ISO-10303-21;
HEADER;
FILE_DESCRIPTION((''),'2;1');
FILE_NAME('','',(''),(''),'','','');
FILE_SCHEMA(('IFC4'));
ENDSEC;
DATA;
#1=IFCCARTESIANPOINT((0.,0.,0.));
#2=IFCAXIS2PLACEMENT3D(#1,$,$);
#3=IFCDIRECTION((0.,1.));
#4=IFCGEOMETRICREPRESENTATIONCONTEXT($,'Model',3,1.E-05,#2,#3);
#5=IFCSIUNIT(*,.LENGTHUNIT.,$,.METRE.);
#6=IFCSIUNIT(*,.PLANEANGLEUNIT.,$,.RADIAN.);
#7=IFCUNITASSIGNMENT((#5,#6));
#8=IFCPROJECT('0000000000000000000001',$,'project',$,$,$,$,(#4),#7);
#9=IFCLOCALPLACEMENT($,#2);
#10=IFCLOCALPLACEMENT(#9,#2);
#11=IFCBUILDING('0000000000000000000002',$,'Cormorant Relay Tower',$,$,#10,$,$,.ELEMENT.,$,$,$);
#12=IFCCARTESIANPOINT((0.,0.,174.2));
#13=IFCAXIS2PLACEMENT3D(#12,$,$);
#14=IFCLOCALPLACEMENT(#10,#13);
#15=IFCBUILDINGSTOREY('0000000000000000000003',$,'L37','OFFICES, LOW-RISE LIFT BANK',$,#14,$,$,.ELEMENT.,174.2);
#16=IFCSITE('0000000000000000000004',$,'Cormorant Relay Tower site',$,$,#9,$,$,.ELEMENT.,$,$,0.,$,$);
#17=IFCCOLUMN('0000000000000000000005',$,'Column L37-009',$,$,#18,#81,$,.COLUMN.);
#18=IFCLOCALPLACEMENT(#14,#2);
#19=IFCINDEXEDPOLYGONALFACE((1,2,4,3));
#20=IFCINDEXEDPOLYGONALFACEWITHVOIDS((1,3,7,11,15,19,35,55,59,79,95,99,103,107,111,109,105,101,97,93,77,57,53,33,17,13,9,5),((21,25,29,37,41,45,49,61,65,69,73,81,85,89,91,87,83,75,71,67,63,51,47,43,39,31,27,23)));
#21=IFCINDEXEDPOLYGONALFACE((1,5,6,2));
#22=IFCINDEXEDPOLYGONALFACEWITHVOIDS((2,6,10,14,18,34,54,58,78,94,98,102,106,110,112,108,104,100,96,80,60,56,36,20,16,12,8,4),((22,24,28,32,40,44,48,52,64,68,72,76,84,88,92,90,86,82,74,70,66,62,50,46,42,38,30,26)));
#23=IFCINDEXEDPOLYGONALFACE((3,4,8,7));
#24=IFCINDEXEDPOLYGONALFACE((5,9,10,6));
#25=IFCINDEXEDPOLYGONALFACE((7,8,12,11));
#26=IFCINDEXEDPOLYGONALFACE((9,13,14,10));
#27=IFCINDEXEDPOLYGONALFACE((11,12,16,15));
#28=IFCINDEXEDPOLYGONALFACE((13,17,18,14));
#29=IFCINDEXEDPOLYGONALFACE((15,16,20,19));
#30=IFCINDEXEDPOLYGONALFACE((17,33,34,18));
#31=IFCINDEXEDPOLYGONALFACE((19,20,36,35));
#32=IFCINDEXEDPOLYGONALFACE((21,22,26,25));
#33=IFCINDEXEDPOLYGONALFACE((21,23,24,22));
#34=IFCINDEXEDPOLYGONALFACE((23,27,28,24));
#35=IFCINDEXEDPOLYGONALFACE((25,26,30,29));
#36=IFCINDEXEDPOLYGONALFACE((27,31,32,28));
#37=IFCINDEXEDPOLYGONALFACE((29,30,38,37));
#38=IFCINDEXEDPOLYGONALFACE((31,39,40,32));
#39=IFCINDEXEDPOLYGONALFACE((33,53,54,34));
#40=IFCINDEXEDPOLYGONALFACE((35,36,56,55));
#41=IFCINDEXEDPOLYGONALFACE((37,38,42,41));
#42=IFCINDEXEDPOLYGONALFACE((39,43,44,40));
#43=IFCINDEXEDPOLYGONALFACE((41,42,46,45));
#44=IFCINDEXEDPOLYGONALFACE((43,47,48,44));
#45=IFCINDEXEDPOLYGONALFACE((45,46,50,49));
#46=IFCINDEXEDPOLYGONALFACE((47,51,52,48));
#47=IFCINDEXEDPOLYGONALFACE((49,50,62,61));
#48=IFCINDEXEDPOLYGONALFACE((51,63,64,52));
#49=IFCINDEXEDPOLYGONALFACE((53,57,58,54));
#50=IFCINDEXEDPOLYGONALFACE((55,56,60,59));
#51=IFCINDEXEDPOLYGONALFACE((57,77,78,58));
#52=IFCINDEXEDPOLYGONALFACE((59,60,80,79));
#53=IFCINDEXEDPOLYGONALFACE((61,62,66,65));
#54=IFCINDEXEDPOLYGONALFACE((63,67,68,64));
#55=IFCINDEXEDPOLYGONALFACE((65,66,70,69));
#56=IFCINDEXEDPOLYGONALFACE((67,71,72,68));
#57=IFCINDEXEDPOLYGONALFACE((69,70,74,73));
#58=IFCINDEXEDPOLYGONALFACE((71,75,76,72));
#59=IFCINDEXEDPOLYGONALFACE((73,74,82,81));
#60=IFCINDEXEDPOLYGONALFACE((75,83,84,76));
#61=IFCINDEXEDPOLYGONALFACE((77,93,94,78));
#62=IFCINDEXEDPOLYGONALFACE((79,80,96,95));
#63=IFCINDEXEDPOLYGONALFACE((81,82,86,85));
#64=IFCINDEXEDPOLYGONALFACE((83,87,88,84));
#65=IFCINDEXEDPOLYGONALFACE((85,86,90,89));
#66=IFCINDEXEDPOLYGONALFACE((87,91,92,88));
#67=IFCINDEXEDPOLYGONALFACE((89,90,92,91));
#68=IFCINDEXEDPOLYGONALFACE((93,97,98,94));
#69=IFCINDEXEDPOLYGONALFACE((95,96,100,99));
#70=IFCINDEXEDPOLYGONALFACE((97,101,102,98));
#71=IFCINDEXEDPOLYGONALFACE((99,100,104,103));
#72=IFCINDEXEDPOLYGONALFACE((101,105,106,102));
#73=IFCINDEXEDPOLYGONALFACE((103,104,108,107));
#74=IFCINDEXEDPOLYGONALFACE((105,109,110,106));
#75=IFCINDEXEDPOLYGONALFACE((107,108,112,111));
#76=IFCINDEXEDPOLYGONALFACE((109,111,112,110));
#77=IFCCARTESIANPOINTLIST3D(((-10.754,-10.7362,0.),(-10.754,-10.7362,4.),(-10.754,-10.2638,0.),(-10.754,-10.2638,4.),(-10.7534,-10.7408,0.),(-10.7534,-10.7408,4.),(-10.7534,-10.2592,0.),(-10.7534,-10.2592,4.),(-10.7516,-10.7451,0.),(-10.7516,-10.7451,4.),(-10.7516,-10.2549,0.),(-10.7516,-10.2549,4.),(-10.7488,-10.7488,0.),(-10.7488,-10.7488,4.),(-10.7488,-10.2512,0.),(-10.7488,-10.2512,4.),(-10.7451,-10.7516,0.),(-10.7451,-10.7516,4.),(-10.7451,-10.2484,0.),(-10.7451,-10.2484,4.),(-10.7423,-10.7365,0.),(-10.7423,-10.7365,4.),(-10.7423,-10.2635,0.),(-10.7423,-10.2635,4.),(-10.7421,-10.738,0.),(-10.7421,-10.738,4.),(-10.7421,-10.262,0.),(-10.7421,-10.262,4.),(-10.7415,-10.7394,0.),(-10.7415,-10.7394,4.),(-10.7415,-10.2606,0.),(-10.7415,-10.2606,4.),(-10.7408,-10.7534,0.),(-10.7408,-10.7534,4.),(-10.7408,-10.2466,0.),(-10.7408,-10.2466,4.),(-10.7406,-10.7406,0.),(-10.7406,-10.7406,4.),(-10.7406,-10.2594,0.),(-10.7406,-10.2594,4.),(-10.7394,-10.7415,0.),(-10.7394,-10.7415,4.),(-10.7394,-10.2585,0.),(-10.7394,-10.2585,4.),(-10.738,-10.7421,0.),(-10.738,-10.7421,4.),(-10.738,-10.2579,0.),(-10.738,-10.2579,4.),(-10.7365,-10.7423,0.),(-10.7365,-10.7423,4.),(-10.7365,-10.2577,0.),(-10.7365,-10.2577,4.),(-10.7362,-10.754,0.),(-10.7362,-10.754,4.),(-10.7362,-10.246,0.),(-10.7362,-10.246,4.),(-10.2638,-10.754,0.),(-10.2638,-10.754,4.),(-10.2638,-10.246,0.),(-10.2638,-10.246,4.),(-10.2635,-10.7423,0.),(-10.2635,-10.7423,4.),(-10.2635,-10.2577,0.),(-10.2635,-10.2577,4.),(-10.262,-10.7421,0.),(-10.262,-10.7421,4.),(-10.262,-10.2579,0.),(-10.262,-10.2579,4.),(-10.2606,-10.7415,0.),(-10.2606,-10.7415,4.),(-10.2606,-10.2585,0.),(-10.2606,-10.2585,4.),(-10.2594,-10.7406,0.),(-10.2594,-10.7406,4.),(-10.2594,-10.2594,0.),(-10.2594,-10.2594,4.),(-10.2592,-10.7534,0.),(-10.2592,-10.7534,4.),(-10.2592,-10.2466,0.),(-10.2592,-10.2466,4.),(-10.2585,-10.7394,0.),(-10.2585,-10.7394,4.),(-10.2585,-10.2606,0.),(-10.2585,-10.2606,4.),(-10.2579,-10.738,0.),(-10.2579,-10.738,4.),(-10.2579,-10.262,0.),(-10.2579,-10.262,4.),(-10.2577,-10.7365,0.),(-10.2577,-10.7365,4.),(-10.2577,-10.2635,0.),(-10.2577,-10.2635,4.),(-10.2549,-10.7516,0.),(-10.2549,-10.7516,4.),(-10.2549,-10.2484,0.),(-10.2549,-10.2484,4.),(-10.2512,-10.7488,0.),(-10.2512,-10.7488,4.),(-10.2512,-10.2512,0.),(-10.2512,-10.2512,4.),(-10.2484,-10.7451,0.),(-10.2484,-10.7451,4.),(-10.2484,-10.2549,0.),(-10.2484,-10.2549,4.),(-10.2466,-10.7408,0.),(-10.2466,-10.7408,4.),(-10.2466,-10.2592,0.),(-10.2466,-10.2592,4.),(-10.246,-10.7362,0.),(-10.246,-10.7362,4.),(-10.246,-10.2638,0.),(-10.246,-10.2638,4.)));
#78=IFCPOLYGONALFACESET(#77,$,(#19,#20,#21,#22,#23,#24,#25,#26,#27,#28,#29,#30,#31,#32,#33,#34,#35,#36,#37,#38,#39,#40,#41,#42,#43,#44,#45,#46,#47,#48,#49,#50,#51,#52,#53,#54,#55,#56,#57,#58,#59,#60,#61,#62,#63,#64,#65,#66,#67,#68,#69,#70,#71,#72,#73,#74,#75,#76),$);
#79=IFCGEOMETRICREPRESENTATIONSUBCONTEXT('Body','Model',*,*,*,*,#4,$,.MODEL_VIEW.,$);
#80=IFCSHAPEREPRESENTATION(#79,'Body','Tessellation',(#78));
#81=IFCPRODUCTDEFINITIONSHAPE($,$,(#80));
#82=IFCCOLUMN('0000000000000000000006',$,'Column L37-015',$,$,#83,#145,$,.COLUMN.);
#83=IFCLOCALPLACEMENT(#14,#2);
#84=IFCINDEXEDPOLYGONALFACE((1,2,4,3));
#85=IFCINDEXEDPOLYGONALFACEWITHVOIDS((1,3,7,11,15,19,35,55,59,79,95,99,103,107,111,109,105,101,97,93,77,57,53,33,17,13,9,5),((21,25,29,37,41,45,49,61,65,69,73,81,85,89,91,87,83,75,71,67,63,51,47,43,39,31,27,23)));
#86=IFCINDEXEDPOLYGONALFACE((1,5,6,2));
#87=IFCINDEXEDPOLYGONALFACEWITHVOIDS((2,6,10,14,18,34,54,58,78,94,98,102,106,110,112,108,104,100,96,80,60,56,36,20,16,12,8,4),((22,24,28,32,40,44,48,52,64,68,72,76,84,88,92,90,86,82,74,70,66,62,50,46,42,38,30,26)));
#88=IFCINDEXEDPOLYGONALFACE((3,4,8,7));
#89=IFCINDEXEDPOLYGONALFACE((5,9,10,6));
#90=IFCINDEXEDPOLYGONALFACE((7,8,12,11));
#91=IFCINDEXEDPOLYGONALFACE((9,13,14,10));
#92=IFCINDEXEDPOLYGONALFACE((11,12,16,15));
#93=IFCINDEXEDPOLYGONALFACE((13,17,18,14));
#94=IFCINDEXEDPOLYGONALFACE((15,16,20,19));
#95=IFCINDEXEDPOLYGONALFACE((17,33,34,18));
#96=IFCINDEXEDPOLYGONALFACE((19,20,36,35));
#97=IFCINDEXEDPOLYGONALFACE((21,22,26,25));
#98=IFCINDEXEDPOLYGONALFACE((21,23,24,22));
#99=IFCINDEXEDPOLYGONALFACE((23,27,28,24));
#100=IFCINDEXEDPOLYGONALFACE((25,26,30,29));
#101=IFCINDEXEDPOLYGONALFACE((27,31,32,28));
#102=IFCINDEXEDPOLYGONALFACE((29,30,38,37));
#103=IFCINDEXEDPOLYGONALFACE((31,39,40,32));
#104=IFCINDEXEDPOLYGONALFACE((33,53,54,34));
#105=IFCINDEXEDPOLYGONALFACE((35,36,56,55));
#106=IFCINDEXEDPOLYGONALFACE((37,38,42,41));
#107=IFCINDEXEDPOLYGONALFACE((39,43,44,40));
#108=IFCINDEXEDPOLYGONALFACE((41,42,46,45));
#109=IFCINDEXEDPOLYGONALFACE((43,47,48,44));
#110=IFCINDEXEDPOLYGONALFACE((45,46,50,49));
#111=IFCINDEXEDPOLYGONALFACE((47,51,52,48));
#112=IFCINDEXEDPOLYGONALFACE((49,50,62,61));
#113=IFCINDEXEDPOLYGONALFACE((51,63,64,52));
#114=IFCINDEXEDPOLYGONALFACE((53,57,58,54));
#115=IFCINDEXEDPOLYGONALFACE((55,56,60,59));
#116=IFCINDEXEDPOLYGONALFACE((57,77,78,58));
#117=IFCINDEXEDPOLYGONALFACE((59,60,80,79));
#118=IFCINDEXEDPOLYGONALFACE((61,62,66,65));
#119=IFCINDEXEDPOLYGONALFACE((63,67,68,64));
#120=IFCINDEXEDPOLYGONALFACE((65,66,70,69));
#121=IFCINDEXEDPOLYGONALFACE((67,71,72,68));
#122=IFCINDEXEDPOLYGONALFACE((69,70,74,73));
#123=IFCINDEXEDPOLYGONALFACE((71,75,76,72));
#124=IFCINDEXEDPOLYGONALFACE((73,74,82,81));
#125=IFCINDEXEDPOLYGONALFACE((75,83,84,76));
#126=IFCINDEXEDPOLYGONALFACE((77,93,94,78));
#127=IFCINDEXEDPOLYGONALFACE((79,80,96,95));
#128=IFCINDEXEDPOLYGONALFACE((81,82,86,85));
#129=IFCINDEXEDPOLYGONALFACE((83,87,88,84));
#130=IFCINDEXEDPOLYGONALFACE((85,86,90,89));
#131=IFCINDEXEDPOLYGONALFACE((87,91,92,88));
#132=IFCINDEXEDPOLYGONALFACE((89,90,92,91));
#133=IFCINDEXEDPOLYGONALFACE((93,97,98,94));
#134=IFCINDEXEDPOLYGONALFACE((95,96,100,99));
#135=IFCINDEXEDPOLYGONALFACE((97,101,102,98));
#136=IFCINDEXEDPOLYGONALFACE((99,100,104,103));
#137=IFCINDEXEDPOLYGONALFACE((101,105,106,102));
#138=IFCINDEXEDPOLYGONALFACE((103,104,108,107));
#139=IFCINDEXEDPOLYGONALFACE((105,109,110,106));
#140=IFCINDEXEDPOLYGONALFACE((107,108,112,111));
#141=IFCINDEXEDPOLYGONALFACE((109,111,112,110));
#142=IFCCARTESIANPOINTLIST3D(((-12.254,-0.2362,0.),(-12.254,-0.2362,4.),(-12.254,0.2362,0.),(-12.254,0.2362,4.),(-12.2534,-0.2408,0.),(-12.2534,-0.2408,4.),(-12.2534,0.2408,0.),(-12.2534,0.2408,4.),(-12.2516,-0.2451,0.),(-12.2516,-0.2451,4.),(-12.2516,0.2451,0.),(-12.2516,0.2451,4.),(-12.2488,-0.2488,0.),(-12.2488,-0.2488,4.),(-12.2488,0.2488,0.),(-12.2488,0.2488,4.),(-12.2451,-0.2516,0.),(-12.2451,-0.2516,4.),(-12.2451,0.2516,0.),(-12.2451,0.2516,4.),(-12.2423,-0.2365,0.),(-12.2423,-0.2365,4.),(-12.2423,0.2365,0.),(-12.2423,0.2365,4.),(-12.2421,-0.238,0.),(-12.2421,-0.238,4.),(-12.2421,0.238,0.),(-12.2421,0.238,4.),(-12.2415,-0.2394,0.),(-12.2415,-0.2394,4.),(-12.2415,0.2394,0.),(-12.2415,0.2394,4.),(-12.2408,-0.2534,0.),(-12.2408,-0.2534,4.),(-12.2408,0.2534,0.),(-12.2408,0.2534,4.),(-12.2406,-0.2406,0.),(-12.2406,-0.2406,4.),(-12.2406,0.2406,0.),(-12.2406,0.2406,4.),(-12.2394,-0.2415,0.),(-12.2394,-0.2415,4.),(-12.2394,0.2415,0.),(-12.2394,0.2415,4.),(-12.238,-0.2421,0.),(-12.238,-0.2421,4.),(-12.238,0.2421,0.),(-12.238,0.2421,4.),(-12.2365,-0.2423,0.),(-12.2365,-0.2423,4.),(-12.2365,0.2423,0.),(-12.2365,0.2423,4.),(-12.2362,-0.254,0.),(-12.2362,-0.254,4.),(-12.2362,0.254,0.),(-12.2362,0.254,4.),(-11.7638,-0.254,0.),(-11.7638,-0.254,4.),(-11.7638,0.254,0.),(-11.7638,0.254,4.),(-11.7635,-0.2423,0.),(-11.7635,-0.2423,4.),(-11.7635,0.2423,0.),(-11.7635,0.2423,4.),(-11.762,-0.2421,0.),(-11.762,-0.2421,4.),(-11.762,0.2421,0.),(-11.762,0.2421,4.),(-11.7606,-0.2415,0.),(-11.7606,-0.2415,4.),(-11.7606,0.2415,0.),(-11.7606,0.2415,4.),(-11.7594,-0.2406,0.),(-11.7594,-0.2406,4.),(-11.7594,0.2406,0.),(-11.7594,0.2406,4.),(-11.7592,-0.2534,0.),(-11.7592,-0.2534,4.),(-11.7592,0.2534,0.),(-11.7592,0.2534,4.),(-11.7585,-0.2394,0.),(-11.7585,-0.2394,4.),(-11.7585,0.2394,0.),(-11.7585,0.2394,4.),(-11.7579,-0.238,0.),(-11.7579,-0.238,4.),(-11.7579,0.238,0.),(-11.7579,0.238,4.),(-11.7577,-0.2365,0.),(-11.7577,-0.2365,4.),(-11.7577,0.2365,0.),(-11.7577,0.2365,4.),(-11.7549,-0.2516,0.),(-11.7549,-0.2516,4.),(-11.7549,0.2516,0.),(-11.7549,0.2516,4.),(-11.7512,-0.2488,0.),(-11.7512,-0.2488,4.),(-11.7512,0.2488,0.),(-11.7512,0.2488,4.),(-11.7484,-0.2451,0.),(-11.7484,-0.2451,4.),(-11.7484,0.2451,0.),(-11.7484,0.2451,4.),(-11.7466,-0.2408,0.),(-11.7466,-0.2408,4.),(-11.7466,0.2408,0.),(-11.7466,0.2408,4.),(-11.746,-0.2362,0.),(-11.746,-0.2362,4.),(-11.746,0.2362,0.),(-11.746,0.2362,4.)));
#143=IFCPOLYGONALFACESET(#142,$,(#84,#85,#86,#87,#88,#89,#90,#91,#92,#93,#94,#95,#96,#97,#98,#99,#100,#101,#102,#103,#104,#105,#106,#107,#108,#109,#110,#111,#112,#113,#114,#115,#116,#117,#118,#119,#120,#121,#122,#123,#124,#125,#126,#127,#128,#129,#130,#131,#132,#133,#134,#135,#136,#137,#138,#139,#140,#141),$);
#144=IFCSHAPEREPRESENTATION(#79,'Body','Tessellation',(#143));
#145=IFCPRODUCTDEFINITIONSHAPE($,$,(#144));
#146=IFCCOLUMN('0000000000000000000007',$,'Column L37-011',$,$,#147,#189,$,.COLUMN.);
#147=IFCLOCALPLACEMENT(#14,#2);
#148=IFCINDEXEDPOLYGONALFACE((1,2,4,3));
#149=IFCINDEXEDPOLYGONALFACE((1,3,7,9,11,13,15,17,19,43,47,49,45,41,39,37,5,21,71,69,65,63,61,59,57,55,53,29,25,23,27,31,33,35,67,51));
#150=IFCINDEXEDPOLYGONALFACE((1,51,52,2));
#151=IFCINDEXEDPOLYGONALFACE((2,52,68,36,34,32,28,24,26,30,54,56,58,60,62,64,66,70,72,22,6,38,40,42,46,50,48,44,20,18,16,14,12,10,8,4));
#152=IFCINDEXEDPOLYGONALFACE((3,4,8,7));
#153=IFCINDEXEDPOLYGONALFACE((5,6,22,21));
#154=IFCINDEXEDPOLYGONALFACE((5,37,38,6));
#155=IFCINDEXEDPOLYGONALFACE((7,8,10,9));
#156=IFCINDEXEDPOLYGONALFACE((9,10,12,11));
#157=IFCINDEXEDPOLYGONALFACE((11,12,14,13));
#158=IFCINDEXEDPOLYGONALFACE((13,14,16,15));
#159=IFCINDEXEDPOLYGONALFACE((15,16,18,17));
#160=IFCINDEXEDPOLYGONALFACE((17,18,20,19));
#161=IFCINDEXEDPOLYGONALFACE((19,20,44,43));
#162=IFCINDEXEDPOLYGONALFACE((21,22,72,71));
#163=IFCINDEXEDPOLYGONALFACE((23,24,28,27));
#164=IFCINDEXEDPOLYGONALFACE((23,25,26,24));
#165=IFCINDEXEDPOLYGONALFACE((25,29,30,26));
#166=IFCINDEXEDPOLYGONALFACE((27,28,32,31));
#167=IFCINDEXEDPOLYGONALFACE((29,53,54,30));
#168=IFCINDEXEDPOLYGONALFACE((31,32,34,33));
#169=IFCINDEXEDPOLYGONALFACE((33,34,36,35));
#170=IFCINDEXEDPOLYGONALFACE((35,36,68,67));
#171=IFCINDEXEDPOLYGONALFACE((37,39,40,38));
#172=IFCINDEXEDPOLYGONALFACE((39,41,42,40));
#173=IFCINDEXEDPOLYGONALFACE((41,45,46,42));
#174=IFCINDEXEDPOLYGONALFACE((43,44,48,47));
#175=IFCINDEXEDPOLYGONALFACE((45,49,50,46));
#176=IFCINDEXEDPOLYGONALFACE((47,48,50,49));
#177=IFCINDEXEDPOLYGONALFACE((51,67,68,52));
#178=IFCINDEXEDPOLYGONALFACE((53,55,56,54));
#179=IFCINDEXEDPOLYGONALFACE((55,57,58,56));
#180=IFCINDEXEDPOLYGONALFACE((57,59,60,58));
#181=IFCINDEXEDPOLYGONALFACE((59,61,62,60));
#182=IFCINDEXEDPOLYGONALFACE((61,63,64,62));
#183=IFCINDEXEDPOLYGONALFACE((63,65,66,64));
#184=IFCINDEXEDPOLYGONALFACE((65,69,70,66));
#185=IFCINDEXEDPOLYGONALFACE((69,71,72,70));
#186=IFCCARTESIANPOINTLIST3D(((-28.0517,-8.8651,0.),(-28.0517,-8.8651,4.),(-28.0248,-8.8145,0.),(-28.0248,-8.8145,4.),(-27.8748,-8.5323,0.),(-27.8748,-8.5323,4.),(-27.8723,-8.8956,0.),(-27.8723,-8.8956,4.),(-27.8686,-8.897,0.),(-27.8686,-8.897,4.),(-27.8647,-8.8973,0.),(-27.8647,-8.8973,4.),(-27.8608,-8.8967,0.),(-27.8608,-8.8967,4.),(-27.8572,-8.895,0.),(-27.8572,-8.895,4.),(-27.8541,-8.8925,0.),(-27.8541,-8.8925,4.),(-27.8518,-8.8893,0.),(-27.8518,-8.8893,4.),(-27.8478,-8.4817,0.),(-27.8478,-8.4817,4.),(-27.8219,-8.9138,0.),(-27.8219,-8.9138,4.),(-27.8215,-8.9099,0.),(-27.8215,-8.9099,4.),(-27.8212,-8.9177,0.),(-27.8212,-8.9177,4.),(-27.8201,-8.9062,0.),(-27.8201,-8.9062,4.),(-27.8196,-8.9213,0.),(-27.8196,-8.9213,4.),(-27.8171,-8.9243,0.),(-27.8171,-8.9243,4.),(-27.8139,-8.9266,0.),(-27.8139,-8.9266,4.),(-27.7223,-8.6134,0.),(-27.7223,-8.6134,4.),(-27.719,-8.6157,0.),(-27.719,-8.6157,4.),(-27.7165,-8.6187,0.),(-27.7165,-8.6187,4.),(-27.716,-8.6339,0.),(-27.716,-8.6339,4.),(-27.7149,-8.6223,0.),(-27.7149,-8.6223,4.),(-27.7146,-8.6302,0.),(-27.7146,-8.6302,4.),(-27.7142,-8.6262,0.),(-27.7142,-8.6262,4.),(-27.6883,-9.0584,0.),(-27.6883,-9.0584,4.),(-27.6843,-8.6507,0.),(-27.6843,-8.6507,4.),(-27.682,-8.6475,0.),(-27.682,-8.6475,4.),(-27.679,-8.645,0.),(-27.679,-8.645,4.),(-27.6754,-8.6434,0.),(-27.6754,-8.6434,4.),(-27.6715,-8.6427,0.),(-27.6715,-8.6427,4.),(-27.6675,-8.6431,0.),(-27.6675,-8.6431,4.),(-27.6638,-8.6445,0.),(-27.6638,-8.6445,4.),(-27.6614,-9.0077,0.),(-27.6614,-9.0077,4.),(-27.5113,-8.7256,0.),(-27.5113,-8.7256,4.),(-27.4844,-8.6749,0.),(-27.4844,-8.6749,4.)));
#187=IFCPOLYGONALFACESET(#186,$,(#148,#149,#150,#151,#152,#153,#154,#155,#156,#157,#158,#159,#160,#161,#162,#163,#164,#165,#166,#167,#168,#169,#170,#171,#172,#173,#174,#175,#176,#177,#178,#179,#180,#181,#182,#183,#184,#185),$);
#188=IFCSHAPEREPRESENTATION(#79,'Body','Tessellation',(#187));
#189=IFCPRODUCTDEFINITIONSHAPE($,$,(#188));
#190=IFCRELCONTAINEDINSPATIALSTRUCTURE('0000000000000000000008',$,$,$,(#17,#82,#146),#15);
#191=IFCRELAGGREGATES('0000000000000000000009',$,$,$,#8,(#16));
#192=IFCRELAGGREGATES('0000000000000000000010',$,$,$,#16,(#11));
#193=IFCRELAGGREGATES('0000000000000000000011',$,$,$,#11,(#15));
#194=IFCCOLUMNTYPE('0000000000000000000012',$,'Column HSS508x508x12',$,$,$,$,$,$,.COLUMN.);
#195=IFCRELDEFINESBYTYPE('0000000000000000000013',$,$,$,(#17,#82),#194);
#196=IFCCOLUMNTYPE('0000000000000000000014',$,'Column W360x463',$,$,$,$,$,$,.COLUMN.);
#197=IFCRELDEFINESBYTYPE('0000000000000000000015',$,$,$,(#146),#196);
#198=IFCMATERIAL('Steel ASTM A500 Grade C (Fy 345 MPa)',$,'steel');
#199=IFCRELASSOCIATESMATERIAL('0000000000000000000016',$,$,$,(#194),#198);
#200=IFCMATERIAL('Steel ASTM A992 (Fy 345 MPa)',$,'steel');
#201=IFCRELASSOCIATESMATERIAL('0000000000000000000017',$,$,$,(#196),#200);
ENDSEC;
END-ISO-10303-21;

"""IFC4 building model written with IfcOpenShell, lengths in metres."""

from ifc_helpers import new_model, si_unit, direction, frame, origin, origin_2d, place, context, subcontext, project, spatial, hollow_rectangle, i_section, extrude, material, material_profile, profile_set, type_object, element, save


model = new_model("IFC4")

# Units and contexts
model_context = context("Model", 3, precision=1e-05, world=origin(), true_north=direction((0.0, 1.0)))
body_context = subcontext(model_context, "Body", "Model", "MODEL_VIEW")
ifc_project = project(units=[si_unit("LENGTHUNIT", "METRE"), si_unit("PLANEANGLEUNIT", "RADIAN")], contexts=[model_context])

# Site, building, storey
site_placement = place(None, origin())
site = spatial("IfcSite", under=ifc_project, at=site_placement, Name="Cormorant Relay Tower site", CompositionType="ELEMENT", RefElevation=0.0)
building_placement = place(site_placement, origin())
building = spatial("IfcBuilding", under=site, at=building_placement, Name="Cormorant Relay Tower", CompositionType="ELEMENT")
storey_placement = place(building_placement, frame((0.0, 0.0, 174.2)))
storey = spatial("IfcBuildingStorey", under=building, at=storey_placement, Name="L37", Description="OFFICES, LOW-RISE LIFT BANK", CompositionType="ELEMENT", Elevation=174.2)

# Columns
ifc_material_1 = material(Name="Steel ASTM A500 Grade C (Fy 345 MPa)", Category="steel")
ifc_material_profile_1 = material_profile(ifc_material_1, hollow_rectangle(XDim=0.5081, YDim=0.5081, WallThickness=0.0117, InnerFilletRadius=0.0059, OuterFilletRadius=0.0178, at=origin_2d()), Name="HSS508x508x12")
ifc_profile_set_1 = profile_set([ifc_material_profile_1], Name="Steel ASTM A500 Grade C (Fy 345 MPa)")
column_type_1 = type_object("IfcColumnType", Name="Column HSS508x508x12", PredefinedType="COLUMN", material=ifc_profile_set_1)
for number, where, z_axis, x_axis, name in (
    (1, (-10.5, -10.5, 0.0), (0.0, 0.0, 1.0), (1.0, 0.0, 0.0), "Column L37-009"),
    (2, (-12.0, 0.0, 0.0), (0.0, 0.0, 1.0), (1.0, 0.0, 0.0), "Column L37-015"),
):
    element("IfcColumn", number, at=place(storey_placement, frame(where, z_axis=z_axis, x_axis=x_axis)), inside=storey, type_object=column_type_1, Name=name, PredefinedType="COLUMN", context=body_context, shape_type="SweptSolid", body=[
        extrude(hollow_rectangle(XDim=0.5081, YDim=0.5081, WallThickness=0.0117, InnerFilletRadius=0.0059, OuterFilletRadius=0.0178, at=origin_2d()), origin(), (0.0, 0.0, 1.0), 4.0),
    ])
ifc_material_2 = material(Name="Steel ASTM A992 (Fy 345 MPa)", Category="steel")
ifc_material_profile_2 = material_profile(ifc_material_2, i_section(OverallWidth=0.4116, OverallDepth=0.4343, WebThickness=0.0359, FlangeThickness=0.0574, FilletRadius=0.0151, at=origin_2d()), Name="W360x463")
ifc_profile_set_2 = profile_set([ifc_material_profile_2], Name="Steel ASTM A992 (Fy 345 MPa)")
column_type_2 = type_object("IfcColumnType", Name="Column W360x463", PredefinedType="COLUMN", material=ifc_profile_set_2)
column_placement = place(storey_placement, frame((-27.7681, -8.77, 0.0), z_axis=(0.0, 0.0, 1.0), x_axis=(0.882948, -0.469472, 0.0)))
element("IfcColumn", 3, at=column_placement, inside=storey, type_object=column_type_2, Name="Column L37-011", PredefinedType="COLUMN", context=body_context, shape_type="SweptSolid", body=[
    extrude(i_section(OverallWidth=0.4116, OverallDepth=0.4343, WebThickness=0.0359, FlangeThickness=0.0574, FilletRadius=0.0151, at=origin_2d()), origin(), (0.0, 0.0, 1.0), 4.0),
])

save(model, "model.ifc")
